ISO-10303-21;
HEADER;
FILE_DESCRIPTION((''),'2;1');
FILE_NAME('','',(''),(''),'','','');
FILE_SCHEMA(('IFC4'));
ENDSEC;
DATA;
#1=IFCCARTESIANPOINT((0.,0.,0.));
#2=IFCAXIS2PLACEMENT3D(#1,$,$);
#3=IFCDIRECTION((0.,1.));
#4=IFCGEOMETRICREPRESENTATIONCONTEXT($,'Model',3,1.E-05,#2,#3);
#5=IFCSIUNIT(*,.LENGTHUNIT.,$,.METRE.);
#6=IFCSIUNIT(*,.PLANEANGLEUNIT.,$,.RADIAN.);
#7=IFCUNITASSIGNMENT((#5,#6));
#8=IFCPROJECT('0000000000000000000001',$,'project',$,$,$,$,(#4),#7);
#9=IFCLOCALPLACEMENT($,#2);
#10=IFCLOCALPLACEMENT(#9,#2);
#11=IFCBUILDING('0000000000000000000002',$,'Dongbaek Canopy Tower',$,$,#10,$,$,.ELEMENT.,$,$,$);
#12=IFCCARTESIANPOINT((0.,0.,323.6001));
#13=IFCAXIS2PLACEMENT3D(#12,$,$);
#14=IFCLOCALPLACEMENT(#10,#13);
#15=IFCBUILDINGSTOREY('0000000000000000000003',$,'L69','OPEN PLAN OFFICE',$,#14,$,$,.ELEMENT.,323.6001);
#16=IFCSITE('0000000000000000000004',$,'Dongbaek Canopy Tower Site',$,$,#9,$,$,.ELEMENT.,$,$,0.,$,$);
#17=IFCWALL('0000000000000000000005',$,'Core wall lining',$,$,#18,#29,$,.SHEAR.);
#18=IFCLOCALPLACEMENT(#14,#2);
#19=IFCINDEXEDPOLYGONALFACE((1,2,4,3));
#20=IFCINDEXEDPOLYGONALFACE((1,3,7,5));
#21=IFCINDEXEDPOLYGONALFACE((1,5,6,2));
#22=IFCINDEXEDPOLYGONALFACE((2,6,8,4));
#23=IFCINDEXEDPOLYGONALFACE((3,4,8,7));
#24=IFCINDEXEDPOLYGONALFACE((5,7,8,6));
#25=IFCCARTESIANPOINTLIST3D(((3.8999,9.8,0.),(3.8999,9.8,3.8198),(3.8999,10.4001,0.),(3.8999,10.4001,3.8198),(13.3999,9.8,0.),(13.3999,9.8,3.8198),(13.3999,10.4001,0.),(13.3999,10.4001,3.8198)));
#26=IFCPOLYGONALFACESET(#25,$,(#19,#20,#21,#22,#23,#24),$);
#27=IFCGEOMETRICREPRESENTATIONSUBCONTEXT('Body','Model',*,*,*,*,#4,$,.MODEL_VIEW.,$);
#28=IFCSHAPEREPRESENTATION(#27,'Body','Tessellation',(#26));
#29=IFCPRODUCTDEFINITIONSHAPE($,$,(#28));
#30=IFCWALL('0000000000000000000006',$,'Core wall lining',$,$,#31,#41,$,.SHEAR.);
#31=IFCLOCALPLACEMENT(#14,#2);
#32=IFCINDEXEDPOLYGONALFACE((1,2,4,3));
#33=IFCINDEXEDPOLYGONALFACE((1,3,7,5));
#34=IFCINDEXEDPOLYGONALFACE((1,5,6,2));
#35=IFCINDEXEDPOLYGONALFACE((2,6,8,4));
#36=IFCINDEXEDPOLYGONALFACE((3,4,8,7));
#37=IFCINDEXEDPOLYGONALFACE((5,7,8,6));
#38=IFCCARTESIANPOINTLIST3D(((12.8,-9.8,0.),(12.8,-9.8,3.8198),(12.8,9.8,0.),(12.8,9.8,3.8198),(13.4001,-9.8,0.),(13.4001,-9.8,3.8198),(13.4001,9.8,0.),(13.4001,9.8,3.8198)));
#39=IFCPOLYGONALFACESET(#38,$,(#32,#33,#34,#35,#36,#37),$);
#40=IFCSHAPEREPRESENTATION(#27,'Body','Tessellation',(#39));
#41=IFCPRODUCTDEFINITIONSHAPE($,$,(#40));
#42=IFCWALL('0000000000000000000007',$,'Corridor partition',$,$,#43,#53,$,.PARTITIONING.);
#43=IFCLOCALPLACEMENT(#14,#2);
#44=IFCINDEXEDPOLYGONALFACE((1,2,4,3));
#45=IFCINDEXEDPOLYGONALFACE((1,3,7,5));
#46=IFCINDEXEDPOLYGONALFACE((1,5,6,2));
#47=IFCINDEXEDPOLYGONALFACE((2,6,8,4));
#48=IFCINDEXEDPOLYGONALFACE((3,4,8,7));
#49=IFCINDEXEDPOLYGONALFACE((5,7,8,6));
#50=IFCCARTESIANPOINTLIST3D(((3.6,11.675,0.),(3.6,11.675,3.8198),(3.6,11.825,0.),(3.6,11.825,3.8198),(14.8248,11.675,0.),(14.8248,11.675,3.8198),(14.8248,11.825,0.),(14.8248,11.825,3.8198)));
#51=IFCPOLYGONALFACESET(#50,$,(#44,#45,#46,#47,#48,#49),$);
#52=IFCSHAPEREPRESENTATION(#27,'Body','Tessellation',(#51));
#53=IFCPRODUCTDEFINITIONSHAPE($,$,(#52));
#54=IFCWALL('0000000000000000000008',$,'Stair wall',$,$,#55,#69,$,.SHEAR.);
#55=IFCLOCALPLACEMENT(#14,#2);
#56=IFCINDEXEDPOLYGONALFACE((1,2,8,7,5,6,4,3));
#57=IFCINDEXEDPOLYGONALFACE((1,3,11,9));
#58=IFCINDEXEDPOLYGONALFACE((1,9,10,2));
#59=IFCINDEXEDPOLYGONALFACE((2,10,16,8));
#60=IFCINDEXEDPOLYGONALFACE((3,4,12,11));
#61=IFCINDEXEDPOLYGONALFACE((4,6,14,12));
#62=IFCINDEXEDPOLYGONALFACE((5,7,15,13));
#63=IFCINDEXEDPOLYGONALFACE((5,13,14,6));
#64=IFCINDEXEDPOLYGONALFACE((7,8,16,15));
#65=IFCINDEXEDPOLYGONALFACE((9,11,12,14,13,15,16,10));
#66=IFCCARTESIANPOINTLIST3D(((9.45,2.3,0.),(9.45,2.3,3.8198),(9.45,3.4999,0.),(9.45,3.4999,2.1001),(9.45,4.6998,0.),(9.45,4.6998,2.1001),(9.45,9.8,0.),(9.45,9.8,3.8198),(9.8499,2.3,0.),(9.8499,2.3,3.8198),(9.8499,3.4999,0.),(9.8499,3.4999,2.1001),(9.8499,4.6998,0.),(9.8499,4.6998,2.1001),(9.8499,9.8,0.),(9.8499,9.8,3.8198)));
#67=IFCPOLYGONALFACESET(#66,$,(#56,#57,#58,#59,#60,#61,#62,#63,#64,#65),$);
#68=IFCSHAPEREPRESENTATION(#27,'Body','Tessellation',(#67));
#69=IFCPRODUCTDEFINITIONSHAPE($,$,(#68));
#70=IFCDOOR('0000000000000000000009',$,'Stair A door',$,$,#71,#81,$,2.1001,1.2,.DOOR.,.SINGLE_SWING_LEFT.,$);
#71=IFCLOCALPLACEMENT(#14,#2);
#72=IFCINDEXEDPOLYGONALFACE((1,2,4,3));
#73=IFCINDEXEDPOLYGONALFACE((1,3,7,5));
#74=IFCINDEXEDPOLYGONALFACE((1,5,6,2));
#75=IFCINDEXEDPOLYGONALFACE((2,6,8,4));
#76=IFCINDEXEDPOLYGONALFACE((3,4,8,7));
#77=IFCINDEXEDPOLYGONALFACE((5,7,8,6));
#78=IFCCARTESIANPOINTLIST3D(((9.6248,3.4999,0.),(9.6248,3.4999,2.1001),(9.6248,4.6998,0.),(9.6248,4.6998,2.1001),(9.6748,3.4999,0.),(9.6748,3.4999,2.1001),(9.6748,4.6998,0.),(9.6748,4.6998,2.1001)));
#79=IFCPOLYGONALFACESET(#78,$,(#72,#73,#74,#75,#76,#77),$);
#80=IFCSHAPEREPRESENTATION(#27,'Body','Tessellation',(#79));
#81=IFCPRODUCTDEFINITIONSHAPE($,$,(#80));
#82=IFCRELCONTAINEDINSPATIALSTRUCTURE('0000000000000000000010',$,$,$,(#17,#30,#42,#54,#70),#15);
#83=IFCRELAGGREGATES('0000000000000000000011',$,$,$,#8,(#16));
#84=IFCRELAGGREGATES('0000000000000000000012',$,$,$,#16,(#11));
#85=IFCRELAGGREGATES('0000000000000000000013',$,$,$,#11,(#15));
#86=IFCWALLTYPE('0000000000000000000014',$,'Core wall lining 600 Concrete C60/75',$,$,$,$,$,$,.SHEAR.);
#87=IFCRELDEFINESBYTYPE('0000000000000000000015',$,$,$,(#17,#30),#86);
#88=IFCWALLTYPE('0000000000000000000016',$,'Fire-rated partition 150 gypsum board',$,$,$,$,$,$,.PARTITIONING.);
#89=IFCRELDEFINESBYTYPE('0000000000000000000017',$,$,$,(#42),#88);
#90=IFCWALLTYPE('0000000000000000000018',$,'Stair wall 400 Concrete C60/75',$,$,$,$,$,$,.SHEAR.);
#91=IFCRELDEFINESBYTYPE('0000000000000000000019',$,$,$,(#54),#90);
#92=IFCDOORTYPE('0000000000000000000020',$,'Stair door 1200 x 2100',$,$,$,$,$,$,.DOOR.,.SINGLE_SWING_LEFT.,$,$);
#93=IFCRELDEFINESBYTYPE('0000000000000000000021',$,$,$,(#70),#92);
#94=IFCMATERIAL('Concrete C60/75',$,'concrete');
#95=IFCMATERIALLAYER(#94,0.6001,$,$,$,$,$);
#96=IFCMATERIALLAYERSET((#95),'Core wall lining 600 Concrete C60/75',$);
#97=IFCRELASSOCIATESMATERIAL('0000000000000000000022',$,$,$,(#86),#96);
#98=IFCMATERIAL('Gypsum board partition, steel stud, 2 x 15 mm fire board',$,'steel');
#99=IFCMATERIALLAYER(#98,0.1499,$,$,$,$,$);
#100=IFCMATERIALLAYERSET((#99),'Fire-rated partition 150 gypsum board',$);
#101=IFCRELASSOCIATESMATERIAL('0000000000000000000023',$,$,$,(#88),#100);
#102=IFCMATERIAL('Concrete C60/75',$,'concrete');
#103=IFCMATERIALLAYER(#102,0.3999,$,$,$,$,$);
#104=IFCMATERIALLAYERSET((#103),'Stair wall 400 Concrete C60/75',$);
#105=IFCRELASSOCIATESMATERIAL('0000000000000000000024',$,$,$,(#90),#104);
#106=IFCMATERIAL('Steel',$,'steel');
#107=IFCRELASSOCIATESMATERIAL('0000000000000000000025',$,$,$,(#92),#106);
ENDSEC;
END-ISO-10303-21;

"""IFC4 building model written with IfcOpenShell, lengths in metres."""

from ifc_helpers import new_model, si_unit, direction, frame, frame_2d, origin, place, context, subcontext, project, spatial, rectangle, extrude, material, layer, layer_set, type_object, element, fill, save


model = new_model("IFC4")

# Units and contexts
model_context = context("Model", 3, precision=1e-05, world=origin(), true_north=direction((0.0, 1.0)))
body_context = subcontext(model_context, "Body", "Model", "MODEL_VIEW")
ifc_project = project(units=[si_unit("LENGTHUNIT", "METRE"), si_unit("PLANEANGLEUNIT", "RADIAN")], contexts=[model_context])

# Site, building, storey
site_placement = place(None, origin())
site = spatial("IfcSite", under=ifc_project, at=site_placement, Name="Dongbaek Canopy Tower Site", CompositionType="ELEMENT", RefElevation=0.0)
building_placement = place(site_placement, origin())
building = spatial("IfcBuilding", under=site, at=building_placement, Name="Dongbaek Canopy Tower", CompositionType="ELEMENT")
storey_placement = place(building_placement, frame((0.0, 0.0, 323.6001)))
storey = spatial("IfcBuildingStorey", under=building, at=storey_placement, Name="L69", Description="OPEN PLAN OFFICE", CompositionType="ELEMENT", Elevation=323.6001)

# Walls
ifc_material_1 = material(Name="Concrete C60/75", Category="concrete")
ifc_layer_1 = layer(ifc_material_1, 0.6001)
ifc_layer_set_1 = layer_set([ifc_layer_1], Name="Core wall lining 600 Concrete C60/75")
wall_type_1 = type_object("IfcWallType", Name="Core wall lining 600 Concrete C60/75", PredefinedType="SHEAR", material=ifc_layer_set_1)
wall_1_placement = place(storey_placement, frame((3.8999, 10.1001, 0.0), z_axis=(0.0, 0.0, 1.0), x_axis=(1.0, 0.0, 0.0)))
element("IfcWall", 1, at=wall_1_placement, inside=storey, type_object=wall_type_1, Name="Core wall lining", PredefinedType="SHEAR", context=body_context, shape_type="SweptSolid", body=[
    extrude(rectangle(XDim=9.5, YDim=0.6001, at=frame_2d((4.75, 0.0))), origin(), (0.0, 0.0, 1.0), 3.8198),
])
wall_2_placement = place(storey_placement, frame((13.1001, 9.8, 0.0), z_axis=(0.0, 0.0, 1.0), x_axis=(0.0, -1.0, 0.0)))
element("IfcWall", 2, at=wall_2_placement, inside=storey, type_object=wall_type_1, Name="Core wall lining", PredefinedType="SHEAR", context=body_context, shape_type="SweptSolid", body=[
    extrude(rectangle(XDim=19.6001, YDim=0.6001, at=frame_2d((9.8, 0.0))), origin(), (0.0, 0.0, 1.0), 3.8198),
])
ifc_material_2 = material(Name="Gypsum board partition, steel stud, 2 x 15 mm fire board", Category="steel")
ifc_layer_2 = layer(ifc_material_2, 0.1499)
ifc_layer_set_2 = layer_set([ifc_layer_2], Name="Fire-rated partition 150 gypsum board")
wall_type_2 = type_object("IfcWallType", Name="Fire-rated partition 150 gypsum board", PredefinedType="PARTITIONING", material=ifc_layer_set_2)
wall_3_placement = place(storey_placement, frame((3.6001, 11.75, 0.0), z_axis=(0.0, 0.0, 1.0), x_axis=(1.0, 0.0, 0.0)))
element("IfcWall", 3, at=wall_3_placement, inside=storey, type_object=wall_type_2, Name="Corridor partition", PredefinedType="PARTITIONING", context=body_context, shape_type="SweptSolid", body=[
    extrude(rectangle(XDim=11.2249, YDim=0.1499, at=frame_2d((5.6123, 0.0))), origin(), (0.0, 0.0, 1.0), 3.8198),
])

# Wall, opening, door
ifc_material_3 = material(Name="Concrete C60/75", Category="concrete")
ifc_layer_3 = layer(ifc_material_3, 0.3999)
ifc_layer_set_3 = layer_set([ifc_layer_3], Name="Stair wall 400 Concrete C60/75")
wall_type_3 = type_object("IfcWallType", Name="Stair wall 400 Concrete C60/75", PredefinedType="SHEAR", material=ifc_layer_set_3)
wall_4_placement = place(storey_placement, frame((9.6499, 9.8, 0.0), z_axis=(0.0, 0.0, 1.0), x_axis=(0.0, -1.0, 0.0)))
wall_4 = element("IfcWall", 4, at=wall_4_placement, inside=storey, type_object=wall_type_3, Name="Stair wall", PredefinedType="SHEAR", context=body_context, shape_type="SweptSolid", body=[
    extrude(rectangle(XDim=7.5, YDim=0.3999, at=frame_2d((3.75, 0.0))), origin(), (0.0, 0.0, 1.0), 3.8198),
])
opening_1_placement = place(wall_4_placement, frame((5.1001, 0.0, 0.0)))
opening_1 = element("IfcOpeningElement", 5, at=opening_1_placement, cuts=wall_4, PredefinedType="OPENING", context=body_context, shape_type="SweptSolid", body=[
    extrude(rectangle(XDim=1.2, YDim=2.1001, at=frame_2d((0.6001, 1.05))), frame((0.0, 0.21, 0.0), z_axis=(0.0, -1.0, 0.0), x_axis=(1.0, 0.0, 0.0)), (0.0, 0.0, 1.0), 0.4199),
])
ifc_material_4 = material(Name="Steel", Category="steel")
door_type_1 = type_object("IfcDoorType", Name="Stair door 1200 x 2100", OperationType="SINGLE_SWING_LEFT", PredefinedType="DOOR", material=ifc_material_4)
door_1_placement = place(opening_1_placement, origin())
door_1 = element("IfcDoor", 6, at=door_1_placement, inside=storey, type_object=door_type_1, Name="Stair A door", OperationType="SINGLE_SWING_LEFT", OverallHeight=2.1001, OverallWidth=1.2, PredefinedType="DOOR", context=body_context, shape_type="SweptSolid", body=[
    extrude(rectangle(XDim=1.2, YDim=2.1001, at=frame_2d((0.6001, 1.05))), frame((0.0, 0.0249, 0.0), z_axis=(0.0, -1.0, 0.0), x_axis=(1.0, 0.0, 0.0)), (0.0, 0.0, 1.0), 0.05),
])
fill(opening_1, door_1)

save(model, "model.ifc")
